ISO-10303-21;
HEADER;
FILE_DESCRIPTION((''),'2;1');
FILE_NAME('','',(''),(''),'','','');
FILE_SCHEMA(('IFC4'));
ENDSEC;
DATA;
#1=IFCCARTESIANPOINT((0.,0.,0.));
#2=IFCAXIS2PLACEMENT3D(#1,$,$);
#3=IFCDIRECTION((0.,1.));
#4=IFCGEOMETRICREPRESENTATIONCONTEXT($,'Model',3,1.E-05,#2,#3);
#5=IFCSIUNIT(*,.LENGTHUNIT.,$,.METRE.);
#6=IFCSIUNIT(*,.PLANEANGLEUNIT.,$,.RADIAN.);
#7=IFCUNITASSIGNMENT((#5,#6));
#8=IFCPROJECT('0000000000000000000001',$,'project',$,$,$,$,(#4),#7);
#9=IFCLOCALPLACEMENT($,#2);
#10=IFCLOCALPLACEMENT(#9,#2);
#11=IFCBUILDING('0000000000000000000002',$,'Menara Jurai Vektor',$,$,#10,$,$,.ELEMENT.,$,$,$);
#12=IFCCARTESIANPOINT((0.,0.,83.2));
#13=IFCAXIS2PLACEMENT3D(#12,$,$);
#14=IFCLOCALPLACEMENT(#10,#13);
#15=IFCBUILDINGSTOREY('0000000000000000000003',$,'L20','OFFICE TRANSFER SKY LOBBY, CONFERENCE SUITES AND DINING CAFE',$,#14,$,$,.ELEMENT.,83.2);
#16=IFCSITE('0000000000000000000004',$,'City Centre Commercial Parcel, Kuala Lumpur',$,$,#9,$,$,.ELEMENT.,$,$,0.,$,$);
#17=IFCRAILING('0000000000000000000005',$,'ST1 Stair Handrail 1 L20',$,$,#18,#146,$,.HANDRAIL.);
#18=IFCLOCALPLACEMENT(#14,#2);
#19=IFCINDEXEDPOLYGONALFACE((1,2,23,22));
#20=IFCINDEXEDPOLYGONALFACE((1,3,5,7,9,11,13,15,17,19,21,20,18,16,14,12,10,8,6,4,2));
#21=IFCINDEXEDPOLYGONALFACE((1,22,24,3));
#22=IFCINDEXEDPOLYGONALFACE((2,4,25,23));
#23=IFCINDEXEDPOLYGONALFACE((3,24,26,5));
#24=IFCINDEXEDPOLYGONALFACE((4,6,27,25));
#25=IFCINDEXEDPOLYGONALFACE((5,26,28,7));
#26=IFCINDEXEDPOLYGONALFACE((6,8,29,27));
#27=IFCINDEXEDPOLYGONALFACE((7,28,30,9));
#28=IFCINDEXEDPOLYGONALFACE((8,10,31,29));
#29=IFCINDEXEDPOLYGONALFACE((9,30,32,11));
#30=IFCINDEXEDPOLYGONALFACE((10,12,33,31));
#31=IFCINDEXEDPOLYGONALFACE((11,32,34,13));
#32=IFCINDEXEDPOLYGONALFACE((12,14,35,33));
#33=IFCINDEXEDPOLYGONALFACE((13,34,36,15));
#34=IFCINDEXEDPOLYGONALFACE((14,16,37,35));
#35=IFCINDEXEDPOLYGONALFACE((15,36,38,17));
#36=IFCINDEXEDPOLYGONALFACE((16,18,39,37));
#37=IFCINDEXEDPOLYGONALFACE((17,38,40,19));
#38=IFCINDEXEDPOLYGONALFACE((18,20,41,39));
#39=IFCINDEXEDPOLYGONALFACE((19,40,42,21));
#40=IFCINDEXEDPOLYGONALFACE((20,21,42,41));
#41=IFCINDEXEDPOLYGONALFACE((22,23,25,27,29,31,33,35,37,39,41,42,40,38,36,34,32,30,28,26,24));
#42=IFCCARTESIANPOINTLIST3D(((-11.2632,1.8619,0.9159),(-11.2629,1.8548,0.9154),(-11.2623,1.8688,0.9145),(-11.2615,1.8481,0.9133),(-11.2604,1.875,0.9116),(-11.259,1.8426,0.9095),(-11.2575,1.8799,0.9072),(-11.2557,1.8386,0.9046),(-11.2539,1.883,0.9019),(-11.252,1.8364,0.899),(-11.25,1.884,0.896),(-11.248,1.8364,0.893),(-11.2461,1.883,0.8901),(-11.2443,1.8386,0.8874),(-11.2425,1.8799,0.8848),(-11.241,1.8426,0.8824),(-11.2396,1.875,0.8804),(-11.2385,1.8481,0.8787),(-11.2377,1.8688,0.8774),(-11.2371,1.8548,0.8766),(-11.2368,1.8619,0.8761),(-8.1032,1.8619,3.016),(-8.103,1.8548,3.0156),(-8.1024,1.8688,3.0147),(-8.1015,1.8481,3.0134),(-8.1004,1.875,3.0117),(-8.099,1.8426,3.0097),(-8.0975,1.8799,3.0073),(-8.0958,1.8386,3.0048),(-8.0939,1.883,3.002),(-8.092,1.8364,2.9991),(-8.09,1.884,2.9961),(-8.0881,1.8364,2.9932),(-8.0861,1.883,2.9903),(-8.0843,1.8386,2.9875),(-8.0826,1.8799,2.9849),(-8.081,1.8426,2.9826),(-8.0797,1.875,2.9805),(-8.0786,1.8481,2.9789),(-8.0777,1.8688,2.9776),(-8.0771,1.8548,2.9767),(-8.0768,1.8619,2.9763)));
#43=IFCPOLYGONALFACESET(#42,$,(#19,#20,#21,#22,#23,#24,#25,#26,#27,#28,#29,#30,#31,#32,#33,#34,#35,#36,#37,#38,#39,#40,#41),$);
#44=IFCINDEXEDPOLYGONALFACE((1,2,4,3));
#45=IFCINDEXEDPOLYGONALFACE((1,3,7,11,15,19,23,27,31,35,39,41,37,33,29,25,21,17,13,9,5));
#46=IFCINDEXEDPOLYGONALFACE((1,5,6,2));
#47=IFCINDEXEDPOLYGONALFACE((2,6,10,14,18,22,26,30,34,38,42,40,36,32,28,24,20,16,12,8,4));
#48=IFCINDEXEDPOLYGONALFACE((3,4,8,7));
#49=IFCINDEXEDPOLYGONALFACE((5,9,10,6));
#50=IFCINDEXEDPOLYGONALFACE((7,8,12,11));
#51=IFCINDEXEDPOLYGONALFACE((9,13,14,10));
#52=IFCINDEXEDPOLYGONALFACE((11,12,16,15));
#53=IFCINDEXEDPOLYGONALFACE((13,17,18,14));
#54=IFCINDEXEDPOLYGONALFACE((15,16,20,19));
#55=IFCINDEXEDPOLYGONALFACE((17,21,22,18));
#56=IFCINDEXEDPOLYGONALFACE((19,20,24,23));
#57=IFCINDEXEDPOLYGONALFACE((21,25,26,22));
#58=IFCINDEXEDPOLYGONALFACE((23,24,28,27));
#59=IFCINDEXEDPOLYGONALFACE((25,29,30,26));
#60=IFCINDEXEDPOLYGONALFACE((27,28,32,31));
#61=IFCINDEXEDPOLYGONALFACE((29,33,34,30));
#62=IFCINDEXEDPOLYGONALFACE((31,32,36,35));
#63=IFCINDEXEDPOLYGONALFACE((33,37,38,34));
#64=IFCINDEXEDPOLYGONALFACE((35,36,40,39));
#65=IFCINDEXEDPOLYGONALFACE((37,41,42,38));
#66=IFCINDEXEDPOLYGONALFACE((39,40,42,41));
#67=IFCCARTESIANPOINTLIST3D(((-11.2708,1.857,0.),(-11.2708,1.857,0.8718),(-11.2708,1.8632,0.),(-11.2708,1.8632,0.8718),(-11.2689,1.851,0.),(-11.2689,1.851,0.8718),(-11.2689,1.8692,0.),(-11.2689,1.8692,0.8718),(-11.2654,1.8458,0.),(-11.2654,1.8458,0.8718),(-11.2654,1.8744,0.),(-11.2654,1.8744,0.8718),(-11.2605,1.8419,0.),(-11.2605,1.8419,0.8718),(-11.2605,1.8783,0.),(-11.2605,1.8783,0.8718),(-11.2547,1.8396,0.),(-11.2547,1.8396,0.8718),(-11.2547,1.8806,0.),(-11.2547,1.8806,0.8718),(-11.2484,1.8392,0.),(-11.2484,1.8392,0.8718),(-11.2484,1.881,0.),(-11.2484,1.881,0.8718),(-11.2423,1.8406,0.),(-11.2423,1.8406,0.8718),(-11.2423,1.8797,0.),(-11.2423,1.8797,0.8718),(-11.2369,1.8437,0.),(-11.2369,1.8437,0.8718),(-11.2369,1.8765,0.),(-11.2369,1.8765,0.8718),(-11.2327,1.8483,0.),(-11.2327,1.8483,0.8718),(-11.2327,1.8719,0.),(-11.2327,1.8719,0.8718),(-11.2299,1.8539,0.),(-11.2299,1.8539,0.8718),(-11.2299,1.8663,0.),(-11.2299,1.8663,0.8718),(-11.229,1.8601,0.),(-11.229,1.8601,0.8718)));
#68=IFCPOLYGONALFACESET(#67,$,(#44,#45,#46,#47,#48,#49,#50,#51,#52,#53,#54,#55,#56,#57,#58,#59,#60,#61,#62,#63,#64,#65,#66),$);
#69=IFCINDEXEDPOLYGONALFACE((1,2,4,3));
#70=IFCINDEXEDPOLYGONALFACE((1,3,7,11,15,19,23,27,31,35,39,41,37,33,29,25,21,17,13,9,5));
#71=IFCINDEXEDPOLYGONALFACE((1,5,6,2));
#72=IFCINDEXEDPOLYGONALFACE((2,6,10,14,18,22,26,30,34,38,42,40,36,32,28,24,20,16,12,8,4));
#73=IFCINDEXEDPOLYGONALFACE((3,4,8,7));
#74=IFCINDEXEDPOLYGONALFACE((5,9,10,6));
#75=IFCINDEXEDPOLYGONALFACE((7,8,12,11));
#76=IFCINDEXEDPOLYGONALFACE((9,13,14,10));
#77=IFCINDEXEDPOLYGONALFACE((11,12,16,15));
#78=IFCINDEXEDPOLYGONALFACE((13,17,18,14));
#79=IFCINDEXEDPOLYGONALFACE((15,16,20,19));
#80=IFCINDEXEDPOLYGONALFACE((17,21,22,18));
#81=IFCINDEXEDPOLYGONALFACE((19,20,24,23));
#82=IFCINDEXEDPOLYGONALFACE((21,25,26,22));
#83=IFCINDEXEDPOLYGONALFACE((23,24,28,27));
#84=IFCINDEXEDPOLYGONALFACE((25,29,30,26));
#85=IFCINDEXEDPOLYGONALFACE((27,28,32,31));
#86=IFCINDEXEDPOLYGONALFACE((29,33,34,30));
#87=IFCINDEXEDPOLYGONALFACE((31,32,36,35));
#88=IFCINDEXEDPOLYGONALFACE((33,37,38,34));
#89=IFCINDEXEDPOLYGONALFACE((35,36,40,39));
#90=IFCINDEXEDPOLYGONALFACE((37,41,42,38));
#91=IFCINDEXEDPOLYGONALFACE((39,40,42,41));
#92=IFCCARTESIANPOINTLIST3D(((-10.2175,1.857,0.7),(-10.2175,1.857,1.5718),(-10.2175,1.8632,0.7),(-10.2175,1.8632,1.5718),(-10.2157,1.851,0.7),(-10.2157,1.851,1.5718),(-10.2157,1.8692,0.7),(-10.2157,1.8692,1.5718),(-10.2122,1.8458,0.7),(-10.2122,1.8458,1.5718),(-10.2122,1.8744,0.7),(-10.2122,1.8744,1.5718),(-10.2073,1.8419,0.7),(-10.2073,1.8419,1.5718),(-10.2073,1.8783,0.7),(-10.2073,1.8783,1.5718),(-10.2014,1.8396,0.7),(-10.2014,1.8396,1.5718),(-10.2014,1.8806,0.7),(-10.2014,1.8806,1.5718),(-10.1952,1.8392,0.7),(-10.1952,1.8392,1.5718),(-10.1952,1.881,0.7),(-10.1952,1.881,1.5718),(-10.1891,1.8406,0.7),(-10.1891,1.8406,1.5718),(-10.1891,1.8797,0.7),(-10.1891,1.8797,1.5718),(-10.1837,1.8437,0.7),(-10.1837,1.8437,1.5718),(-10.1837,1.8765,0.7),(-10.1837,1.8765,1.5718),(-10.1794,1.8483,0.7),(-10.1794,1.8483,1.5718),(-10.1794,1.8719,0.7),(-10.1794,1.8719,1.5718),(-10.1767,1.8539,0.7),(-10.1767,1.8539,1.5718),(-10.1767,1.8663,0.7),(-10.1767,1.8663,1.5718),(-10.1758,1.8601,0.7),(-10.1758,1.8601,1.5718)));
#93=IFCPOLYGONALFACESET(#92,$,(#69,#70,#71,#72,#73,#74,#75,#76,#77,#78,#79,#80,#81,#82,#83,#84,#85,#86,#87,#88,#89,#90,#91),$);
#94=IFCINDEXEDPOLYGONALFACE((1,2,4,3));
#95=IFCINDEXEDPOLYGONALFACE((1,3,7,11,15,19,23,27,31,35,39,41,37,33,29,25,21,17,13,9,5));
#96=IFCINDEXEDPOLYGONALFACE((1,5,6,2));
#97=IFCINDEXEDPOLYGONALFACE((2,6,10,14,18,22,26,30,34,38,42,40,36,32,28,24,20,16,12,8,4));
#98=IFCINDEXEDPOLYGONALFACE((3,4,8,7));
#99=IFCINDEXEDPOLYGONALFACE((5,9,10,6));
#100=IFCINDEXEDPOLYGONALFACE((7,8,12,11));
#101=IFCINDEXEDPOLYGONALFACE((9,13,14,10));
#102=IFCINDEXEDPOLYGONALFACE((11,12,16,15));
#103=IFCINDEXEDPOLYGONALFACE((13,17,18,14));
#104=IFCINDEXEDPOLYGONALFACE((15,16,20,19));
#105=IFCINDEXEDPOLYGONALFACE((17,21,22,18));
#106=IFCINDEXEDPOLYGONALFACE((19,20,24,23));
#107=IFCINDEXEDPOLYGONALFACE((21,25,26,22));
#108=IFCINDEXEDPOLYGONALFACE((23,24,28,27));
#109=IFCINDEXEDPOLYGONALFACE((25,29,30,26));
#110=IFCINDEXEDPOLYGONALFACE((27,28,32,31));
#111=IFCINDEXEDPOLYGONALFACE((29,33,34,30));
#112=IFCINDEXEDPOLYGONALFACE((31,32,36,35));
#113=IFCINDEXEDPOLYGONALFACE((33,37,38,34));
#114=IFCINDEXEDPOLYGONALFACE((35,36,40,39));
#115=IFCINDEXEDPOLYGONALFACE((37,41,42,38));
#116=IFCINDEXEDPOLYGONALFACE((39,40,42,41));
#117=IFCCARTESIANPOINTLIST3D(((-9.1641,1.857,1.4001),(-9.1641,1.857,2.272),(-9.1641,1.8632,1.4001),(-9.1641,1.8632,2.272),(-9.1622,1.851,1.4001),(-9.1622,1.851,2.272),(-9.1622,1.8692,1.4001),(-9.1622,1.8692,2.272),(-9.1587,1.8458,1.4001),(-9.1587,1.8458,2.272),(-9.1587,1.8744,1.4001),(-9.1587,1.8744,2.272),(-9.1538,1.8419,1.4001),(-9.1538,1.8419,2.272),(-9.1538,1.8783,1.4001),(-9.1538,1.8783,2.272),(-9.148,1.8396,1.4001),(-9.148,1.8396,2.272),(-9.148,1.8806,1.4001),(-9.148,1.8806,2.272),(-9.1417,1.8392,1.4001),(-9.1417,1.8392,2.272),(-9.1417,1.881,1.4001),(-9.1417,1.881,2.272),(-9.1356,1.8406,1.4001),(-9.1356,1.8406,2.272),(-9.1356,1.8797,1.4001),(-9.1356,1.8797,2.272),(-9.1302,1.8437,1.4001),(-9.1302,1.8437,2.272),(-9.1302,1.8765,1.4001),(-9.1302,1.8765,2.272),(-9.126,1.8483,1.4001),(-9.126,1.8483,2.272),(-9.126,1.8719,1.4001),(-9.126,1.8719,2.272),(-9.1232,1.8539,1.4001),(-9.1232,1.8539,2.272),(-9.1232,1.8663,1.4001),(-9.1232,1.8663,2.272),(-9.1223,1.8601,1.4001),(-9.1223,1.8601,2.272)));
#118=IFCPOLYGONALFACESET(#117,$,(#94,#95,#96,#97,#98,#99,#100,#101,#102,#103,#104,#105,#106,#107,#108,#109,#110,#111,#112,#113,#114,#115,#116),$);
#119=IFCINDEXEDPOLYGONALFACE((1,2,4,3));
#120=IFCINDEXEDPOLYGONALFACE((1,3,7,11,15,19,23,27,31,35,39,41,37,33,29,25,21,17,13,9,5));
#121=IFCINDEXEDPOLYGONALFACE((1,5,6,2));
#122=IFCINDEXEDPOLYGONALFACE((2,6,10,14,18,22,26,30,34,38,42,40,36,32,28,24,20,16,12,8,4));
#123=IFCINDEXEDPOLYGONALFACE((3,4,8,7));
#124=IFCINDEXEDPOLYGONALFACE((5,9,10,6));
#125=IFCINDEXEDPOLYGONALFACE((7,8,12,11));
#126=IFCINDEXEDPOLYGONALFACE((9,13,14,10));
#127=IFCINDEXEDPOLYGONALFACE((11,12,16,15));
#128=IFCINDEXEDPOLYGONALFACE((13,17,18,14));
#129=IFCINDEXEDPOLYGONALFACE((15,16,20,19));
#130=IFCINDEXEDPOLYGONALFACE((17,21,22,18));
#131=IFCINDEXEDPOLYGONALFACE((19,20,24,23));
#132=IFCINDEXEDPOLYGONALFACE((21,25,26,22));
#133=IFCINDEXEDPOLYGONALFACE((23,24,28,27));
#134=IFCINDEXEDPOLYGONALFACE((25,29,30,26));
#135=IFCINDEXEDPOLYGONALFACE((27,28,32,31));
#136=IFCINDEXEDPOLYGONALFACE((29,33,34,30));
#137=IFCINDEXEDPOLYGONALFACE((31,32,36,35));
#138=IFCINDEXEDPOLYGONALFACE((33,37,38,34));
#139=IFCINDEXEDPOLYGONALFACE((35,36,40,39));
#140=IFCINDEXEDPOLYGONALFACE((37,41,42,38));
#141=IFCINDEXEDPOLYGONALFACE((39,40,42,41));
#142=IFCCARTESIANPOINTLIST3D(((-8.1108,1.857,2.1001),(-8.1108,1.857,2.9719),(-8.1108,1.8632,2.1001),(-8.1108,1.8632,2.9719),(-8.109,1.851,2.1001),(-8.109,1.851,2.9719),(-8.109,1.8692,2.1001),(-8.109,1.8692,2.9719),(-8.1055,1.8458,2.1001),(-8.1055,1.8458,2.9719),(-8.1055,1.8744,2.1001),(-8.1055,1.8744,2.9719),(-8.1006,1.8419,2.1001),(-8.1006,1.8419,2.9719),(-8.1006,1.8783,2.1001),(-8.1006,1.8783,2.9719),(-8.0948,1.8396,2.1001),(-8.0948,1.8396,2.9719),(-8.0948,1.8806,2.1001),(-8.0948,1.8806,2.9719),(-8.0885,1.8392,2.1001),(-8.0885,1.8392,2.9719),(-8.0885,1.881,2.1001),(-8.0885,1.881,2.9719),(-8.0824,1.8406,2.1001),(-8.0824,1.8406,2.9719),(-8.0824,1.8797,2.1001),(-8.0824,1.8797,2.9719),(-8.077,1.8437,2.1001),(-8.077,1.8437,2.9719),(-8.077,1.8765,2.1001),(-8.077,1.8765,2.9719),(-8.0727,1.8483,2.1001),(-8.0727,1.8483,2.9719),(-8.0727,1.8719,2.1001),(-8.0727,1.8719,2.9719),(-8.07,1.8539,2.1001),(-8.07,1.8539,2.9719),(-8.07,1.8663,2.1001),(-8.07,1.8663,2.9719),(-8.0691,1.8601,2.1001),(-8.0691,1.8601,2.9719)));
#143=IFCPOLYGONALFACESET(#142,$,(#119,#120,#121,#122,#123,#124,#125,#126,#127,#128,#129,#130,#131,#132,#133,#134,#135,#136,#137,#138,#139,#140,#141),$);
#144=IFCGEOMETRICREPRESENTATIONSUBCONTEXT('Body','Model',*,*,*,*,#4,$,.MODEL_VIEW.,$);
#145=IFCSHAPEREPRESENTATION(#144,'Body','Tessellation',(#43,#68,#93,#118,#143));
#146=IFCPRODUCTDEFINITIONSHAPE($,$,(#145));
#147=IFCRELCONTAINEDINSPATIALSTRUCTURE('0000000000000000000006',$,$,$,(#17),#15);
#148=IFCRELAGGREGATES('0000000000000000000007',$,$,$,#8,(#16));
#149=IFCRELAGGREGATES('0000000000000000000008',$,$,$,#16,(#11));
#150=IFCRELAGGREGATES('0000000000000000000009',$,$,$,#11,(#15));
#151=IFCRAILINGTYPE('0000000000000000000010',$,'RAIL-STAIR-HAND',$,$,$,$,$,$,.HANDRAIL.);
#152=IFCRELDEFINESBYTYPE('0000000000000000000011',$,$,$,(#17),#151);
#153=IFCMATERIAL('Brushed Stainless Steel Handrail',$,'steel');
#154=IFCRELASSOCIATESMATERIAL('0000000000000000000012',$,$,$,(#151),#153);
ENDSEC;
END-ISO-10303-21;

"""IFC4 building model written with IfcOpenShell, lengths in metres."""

from ifc_helpers import new_model, si_unit, direction, frame, origin, origin_2d, place, context, subcontext, project, spatial, circle, extrude, material, type_object, element, save


model = new_model("IFC4")

# Units and contexts
model_context = context("Model", 3, precision=1e-05, world=origin(), true_north=direction((0.0, 1.0)))
body_context = subcontext(model_context, "Body", "Model", "MODEL_VIEW")
ifc_project = project(units=[si_unit("LENGTHUNIT", "METRE"), si_unit("PLANEANGLEUNIT", "RADIAN")], contexts=[model_context])

# Site, building, storey
site_placement = place(None, origin())
site = spatial("IfcSite", under=ifc_project, at=site_placement, Name="City Centre Commercial Parcel, Kuala Lumpur", CompositionType="ELEMENT", RefElevation=0.0)
building_placement = place(site_placement, origin())
building = spatial("IfcBuilding", under=site, at=building_placement, Name="Menara Jurai Vektor", CompositionType="ELEMENT")
storey_placement = place(building_placement, frame((0.0, 0.0, 83.2)))
storey = spatial("IfcBuildingStorey", under=building, at=storey_placement, Name="L20", Description="OFFICE TRANSFER SKY LOBBY, CONFERENCE SUITES AND DINING CAFE", CompositionType="ELEMENT", Elevation=83.2)

# Railing
ifc_material_1 = material(Name="Brushed Stainless Steel Handrail", Category="steel")
railing_type_1 = type_object("IfcRailingType", Name="RAIL-STAIR-HAND", PredefinedType="HANDRAIL", material=ifc_material_1)
railing_1_placement = place(storey_placement, frame((-11.25, 1.8601, 0.0)))
element("IfcRailing", 1, at=railing_1_placement, inside=storey, type_object=railing_type_1, Name="ST1 Stair Handrail 1 L20", PredefinedType="HANDRAIL", context=body_context, shape_type="SweptSolid", body=[
    extrude(circle(Radius=0.0239, at=origin_2d()), frame((0.0, 0.0, 0.896), z_axis=(0.832841, 0.0, 0.553512), x_axis=(0.0, 1.0, 0.0)), (0.0, 0.0, 1.0), 3.7942),
    extrude(circle(Radius=0.021, at=origin_2d()), origin(), (0.0, 0.0, 1.0), 0.8718),
    extrude(circle(Radius=0.021, at=origin_2d()), frame((1.0532, 0.0, 0.7)), (0.0, 0.0, 1.0), 0.8718),
    extrude(circle(Radius=0.021, at=origin_2d()), frame((2.1067, 0.0, 1.4001)), (0.0, 0.0, 1.0), 0.8718),
    extrude(circle(Radius=0.021, at=origin_2d()), frame((3.1599, 0.0, 2.1001)), (0.0, 0.0, 1.0), 0.8718),
])

save(model, "model.ifc")
